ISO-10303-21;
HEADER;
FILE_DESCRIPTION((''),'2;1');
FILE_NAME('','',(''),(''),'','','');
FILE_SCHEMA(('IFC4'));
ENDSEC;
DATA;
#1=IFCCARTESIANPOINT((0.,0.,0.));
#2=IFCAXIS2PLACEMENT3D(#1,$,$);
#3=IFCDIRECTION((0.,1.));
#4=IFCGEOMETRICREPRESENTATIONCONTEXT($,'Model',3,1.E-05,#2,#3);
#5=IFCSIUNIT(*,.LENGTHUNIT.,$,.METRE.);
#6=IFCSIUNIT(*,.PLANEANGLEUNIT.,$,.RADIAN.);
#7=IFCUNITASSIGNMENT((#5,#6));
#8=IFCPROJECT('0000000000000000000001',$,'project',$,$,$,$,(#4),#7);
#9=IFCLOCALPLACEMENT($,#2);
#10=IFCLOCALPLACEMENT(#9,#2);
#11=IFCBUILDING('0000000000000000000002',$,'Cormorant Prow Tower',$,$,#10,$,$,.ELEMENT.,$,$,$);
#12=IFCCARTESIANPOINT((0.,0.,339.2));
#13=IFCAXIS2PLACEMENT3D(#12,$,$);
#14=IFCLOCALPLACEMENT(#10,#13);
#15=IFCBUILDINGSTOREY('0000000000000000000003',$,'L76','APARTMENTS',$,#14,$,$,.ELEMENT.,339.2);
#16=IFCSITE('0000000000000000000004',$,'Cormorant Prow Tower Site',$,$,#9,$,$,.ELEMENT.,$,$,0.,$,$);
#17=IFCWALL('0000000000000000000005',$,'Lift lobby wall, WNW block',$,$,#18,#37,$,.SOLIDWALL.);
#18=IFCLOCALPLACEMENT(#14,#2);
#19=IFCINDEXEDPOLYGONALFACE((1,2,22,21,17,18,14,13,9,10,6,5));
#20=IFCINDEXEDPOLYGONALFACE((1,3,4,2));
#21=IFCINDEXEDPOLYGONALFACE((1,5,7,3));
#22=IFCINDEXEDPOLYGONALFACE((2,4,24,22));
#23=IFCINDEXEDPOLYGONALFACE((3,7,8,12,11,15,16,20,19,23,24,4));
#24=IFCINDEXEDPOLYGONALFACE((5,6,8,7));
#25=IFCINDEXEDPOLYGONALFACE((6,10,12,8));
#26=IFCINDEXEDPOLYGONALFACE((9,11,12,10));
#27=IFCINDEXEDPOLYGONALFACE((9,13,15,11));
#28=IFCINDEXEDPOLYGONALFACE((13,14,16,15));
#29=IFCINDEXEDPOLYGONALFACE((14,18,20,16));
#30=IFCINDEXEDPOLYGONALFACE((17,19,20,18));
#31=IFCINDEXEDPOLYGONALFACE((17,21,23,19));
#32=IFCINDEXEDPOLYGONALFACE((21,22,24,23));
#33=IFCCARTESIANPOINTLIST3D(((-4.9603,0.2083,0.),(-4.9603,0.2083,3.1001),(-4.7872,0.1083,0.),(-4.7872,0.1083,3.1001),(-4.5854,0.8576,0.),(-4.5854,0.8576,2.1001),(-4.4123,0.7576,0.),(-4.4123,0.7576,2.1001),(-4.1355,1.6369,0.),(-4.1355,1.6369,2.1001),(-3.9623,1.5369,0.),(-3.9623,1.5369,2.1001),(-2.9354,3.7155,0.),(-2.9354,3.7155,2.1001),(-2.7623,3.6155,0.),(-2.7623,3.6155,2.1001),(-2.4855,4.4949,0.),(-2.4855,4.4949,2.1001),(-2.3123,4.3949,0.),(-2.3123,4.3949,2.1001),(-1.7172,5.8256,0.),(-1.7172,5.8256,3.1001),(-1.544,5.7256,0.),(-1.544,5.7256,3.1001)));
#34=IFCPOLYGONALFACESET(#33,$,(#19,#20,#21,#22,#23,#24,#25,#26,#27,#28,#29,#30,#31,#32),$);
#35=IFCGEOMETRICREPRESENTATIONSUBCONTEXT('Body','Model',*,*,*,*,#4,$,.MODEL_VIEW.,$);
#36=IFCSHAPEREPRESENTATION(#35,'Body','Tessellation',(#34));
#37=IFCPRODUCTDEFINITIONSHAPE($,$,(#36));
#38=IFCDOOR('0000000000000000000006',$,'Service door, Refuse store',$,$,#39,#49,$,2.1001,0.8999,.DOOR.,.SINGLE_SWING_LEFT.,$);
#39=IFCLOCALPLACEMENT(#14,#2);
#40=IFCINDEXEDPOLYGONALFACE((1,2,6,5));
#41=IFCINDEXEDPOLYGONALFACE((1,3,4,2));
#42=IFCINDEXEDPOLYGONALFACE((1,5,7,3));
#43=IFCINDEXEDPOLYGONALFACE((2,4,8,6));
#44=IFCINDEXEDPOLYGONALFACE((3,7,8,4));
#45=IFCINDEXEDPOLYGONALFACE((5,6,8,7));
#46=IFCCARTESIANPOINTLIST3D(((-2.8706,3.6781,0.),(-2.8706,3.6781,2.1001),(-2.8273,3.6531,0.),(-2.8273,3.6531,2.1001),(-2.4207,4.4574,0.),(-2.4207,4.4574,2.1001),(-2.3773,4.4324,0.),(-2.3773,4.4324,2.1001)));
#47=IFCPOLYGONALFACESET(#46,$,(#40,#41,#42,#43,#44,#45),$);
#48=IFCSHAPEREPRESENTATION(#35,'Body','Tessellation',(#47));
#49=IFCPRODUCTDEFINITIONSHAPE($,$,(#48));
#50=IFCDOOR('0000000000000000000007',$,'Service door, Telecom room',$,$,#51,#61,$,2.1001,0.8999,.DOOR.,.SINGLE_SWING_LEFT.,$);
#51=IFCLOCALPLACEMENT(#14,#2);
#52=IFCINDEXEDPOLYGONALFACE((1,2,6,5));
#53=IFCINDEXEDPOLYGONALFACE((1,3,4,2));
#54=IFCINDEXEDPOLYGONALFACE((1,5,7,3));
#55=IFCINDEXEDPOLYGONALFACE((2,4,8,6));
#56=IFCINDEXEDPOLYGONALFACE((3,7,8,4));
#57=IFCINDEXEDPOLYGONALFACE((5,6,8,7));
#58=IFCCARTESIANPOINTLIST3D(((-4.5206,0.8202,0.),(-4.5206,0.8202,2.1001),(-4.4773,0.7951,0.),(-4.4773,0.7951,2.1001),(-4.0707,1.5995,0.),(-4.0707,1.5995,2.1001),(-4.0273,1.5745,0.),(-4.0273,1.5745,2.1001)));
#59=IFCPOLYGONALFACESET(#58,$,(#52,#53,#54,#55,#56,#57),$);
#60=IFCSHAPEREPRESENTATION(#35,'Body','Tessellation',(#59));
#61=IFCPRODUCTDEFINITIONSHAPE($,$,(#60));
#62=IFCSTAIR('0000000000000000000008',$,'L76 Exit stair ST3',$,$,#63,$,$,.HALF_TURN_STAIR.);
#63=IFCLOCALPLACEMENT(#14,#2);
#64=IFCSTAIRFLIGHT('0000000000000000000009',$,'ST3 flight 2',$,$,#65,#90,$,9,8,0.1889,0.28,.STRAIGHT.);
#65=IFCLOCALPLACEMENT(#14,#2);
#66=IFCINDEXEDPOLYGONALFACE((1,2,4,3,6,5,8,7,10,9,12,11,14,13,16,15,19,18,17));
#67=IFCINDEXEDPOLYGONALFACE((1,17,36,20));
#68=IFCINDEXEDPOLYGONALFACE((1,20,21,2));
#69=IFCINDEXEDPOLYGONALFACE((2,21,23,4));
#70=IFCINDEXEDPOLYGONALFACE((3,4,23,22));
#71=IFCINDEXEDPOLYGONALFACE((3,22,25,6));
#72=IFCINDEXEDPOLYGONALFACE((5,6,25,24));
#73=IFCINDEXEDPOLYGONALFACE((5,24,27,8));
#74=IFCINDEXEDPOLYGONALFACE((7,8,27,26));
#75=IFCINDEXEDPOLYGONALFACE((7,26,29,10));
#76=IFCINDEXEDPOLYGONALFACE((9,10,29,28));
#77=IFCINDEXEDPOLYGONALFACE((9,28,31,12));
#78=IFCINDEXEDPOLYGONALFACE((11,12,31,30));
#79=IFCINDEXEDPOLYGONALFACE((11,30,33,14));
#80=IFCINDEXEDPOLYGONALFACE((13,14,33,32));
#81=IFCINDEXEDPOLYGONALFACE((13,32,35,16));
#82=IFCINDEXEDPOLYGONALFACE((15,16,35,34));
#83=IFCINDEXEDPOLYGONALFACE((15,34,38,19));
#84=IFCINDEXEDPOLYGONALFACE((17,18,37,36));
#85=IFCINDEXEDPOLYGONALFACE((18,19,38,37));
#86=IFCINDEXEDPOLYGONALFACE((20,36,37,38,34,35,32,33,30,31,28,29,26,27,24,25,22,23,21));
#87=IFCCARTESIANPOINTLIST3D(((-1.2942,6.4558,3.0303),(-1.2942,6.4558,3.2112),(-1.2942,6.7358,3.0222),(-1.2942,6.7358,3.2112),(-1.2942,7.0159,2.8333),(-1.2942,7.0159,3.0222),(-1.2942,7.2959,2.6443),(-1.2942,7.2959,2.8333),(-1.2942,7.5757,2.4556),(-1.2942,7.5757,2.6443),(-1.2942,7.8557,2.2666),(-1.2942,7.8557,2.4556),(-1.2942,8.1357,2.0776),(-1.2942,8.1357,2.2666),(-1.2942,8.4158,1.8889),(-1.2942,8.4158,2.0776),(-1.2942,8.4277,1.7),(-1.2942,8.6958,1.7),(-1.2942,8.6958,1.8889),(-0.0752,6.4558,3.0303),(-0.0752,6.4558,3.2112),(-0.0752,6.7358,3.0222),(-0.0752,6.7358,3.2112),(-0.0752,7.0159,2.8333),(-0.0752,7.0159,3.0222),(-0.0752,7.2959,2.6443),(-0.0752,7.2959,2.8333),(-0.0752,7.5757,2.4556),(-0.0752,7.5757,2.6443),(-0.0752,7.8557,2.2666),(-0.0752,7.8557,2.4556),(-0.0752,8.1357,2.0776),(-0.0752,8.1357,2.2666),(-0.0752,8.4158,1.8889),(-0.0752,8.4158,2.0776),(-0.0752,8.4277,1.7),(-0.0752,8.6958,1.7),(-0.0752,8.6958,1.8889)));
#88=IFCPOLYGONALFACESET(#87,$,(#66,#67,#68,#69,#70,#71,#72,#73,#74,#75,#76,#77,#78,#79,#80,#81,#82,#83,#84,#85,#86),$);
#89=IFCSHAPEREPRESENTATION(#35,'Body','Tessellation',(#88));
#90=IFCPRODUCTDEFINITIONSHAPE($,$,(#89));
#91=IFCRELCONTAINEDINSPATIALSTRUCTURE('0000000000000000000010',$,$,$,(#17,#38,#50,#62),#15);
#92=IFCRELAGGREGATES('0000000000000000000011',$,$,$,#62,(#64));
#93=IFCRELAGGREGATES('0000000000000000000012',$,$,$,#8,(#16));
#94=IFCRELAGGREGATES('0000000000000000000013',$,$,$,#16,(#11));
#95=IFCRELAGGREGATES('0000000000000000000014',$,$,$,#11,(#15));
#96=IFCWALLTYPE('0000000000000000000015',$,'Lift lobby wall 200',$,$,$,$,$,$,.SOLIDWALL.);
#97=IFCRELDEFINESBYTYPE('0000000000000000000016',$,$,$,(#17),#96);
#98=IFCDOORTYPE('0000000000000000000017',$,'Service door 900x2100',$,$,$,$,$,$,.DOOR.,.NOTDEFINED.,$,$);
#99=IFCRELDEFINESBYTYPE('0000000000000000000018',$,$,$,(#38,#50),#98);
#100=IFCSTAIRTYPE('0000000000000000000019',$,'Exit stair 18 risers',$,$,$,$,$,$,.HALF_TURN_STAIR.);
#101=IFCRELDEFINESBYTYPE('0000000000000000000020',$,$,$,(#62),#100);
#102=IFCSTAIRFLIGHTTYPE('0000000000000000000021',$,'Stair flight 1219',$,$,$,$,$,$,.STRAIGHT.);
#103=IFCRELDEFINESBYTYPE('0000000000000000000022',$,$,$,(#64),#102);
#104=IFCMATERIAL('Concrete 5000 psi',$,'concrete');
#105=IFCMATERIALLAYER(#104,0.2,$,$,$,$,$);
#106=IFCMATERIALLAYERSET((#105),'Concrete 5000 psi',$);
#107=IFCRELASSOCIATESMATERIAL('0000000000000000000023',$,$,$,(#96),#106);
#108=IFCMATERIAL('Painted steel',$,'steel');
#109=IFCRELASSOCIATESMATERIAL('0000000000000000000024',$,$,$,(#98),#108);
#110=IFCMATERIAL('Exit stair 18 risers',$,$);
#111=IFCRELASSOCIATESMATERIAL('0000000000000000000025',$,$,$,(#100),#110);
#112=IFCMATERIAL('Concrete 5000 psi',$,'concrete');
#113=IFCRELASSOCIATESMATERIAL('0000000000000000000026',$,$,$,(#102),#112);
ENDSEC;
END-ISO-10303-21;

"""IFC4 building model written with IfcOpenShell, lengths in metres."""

from ifc_helpers import new_model, si_unit, direction, frame, frame_2d, origin, place, context, subcontext, project, spatial, polyline, rectangle, outline, extrude, material, layer, layer_set, type_object, element, fill, aggregate, save


model = new_model("IFC4")

# Units and contexts
model_context = context("Model", 3, precision=1e-05, world=origin(), true_north=direction((0.0, 1.0)))
body_context = subcontext(model_context, "Body", "Model", "MODEL_VIEW")
ifc_project = project(units=[si_unit("LENGTHUNIT", "METRE"), si_unit("PLANEANGLEUNIT", "RADIAN")], contexts=[model_context])

# Site, building, storey
site_placement = place(None, origin())
site = spatial("IfcSite", under=ifc_project, at=site_placement, Name="Cormorant Prow Tower Site", CompositionType="ELEMENT", RefElevation=0.0)
building_placement = place(site_placement, origin())
building = spatial("IfcBuilding", under=site, at=building_placement, Name="Cormorant Prow Tower", CompositionType="ELEMENT")
storey_placement = place(building_placement, frame((0.0, 0.0, 339.2)))
storey = spatial("IfcBuildingStorey", under=building, at=storey_placement, Name="L76", Description="APARTMENTS", CompositionType="ELEMENT", Elevation=339.2)

# Wall, openings, doors
ifc_material_1 = material(Name="Concrete 5000 psi", Category="concrete")
ifc_layer_1 = layer(ifc_material_1, 0.2)
ifc_layer_set_1 = layer_set([ifc_layer_1], Name="Concrete 5000 psi")
wall_type_1 = type_object("IfcWallType", Name="Lift lobby wall 200", PredefinedType="SOLIDWALL", material=ifc_layer_set_1)
wall_1_placement = place(storey_placement, frame((-1.6306, 5.7756, 0.0), z_axis=(0.0, 0.0, 1.0), x_axis=(-0.499993, -0.86603, 0.0)))
wall_1 = element("IfcWall", 1, at=wall_1_placement, inside=storey, type_object=wall_type_1, Name="Lift lobby wall, WNW block", PredefinedType="SOLIDWALL", context=body_context, shape_type="SweptSolid", body=[
    extrude(rectangle(XDim=6.4863, YDim=0.2, at=frame_2d((3.2432, 0.0))), origin(), (0.0, 0.0, 1.0), 3.1001),
])
opening_1_placement = place(wall_1_placement, frame((1.5366, 0.0, 0.0)))
opening_1 = element("IfcOpeningElement", 2, at=opening_1_placement, cuts=wall_1, PredefinedType="OPENING", context=body_context, shape_type="SweptSolid", body=[
    extrude(rectangle(XDim=0.8999, YDim=2.1001, at=frame_2d((0.45, 1.05))), frame((0.0, 0.1099, 0.0), z_axis=(0.0, -1.0, 0.0), x_axis=(1.0, 0.0, 0.0)), (0.0, 0.0, 1.0), 0.22),
])
opening_2_placement = place(wall_1_placement, frame((4.8367, 0.0, 0.0)))
opening_2 = element("IfcOpeningElement", 3, at=opening_2_placement, cuts=wall_1, PredefinedType="OPENING", context=body_context, shape_type="SweptSolid", body=[
    extrude(rectangle(XDim=0.8999, YDim=2.1001, at=frame_2d((0.45, 1.05))), frame((0.0, 0.1099, 0.0), z_axis=(0.0, -1.0, 0.0), x_axis=(1.0, 0.0, 0.0)), (0.0, 0.0, 1.0), 0.22),
])
ifc_material_2 = material(Name="Painted steel", Category="steel")
door_type_1 = type_object("IfcDoorType", Name="Service door 900x2100", OperationType="NOTDEFINED", PredefinedType="DOOR", material=ifc_material_2)
door_1_placement = place(opening_1_placement, origin())
door_1 = element("IfcDoor", 4, at=door_1_placement, inside=storey, type_object=door_type_1, Name="Service door, Refuse store", OperationType="SINGLE_SWING_LEFT", OverallHeight=2.1001, OverallWidth=0.8999, PredefinedType="DOOR", context=body_context, shape_type="SweptSolid", body=[
    extrude(rectangle(XDim=0.8999, YDim=2.1001, at=frame_2d((0.45, 1.05))), frame((0.0, 0.0249, 0.0), z_axis=(0.0, -1.0, 0.0), x_axis=(1.0, 0.0, 0.0)), (0.0, 0.0, 1.0), 0.05),
])
fill(opening_1, door_1)
door_2_placement = place(opening_2_placement, origin())
door_2 = element("IfcDoor", 5, at=door_2_placement, inside=storey, type_object=door_type_1, Name="Service door, Telecom room", OperationType="SINGLE_SWING_LEFT", OverallHeight=2.1001, OverallWidth=0.8999, PredefinedType="DOOR", context=body_context, shape_type="SweptSolid", body=[
    extrude(rectangle(XDim=0.8999, YDim=2.1001, at=frame_2d((0.45, 1.05))), frame((0.0, 0.0249, 0.0), z_axis=(0.0, -1.0, 0.0), x_axis=(1.0, 0.0, 0.0)), (0.0, 0.0, 1.0), 0.05),
])
fill(opening_2, door_2)

# Stair, stair flight
ifc_material_3 = material(Name="Exit stair 18 risers")
stair_type = type_object("IfcStairType", Name="Exit stair 18 risers", PredefinedType="HALF_TURN_STAIR", material=ifc_material_3)
stair_placement = place(storey_placement, origin())
stair = element("IfcStair", 6, at=stair_placement, inside=storey, type_object=stair_type, Name="L76 Exit stair ST3", PredefinedType="HALF_TURN_STAIR")
ifc_material_4 = material(Name="Concrete 5000 psi", Category="concrete")
stair_flight_type = type_object("IfcStairFlightType", Name="Stair flight 1219", PredefinedType="STRAIGHT", material=ifc_material_4)
stair_flight_placement = place(storey_placement, frame((-0.6846, 8.6958, 1.7), z_axis=(0.0, 0.0, 1.0), x_axis=(0.0, -1.0, 0.0)))
stair_flight = element("IfcStairFlight", 7, at=stair_flight_placement, type_object=stair_flight_type, Name="ST3 flight 2", NumberOfRisers=9, NumberOfTreads=8, PredefinedType="STRAIGHT", RiserHeight=0.1889, TreadLength=0.28, context=body_context, shape_type="SweptSolid", body=[
    extrude(outline(polyline([(0.0, 0.0), (0.0, 0.189), (0.28, 0.189), (0.28, 0.3777), (0.5601, 0.3777), (0.5601, 0.5667), (0.8401, 0.5667), (0.8401, 0.7556), (1.1201, 0.7556), (1.1201, 0.9443), (1.3999, 0.9443), (1.3999, 1.1333), (1.6799, 1.1333), (1.6799, 1.3223), (1.96, 1.3223), (1.96, 1.5112), (2.24, 1.5112), (2.24, 1.7), (2.24, 1.3303), (0.2681, 0.0), (0.0, 0.0)])), frame((0.0, 0.6094, 0.0), z_axis=(0.0, -1.0, 0.0), x_axis=(1.0, 0.0, 0.0)), (0.0, 0.0, 1.0), 1.219),
])
aggregate(stair, [stair_flight])

save(model, "model.ifc")
